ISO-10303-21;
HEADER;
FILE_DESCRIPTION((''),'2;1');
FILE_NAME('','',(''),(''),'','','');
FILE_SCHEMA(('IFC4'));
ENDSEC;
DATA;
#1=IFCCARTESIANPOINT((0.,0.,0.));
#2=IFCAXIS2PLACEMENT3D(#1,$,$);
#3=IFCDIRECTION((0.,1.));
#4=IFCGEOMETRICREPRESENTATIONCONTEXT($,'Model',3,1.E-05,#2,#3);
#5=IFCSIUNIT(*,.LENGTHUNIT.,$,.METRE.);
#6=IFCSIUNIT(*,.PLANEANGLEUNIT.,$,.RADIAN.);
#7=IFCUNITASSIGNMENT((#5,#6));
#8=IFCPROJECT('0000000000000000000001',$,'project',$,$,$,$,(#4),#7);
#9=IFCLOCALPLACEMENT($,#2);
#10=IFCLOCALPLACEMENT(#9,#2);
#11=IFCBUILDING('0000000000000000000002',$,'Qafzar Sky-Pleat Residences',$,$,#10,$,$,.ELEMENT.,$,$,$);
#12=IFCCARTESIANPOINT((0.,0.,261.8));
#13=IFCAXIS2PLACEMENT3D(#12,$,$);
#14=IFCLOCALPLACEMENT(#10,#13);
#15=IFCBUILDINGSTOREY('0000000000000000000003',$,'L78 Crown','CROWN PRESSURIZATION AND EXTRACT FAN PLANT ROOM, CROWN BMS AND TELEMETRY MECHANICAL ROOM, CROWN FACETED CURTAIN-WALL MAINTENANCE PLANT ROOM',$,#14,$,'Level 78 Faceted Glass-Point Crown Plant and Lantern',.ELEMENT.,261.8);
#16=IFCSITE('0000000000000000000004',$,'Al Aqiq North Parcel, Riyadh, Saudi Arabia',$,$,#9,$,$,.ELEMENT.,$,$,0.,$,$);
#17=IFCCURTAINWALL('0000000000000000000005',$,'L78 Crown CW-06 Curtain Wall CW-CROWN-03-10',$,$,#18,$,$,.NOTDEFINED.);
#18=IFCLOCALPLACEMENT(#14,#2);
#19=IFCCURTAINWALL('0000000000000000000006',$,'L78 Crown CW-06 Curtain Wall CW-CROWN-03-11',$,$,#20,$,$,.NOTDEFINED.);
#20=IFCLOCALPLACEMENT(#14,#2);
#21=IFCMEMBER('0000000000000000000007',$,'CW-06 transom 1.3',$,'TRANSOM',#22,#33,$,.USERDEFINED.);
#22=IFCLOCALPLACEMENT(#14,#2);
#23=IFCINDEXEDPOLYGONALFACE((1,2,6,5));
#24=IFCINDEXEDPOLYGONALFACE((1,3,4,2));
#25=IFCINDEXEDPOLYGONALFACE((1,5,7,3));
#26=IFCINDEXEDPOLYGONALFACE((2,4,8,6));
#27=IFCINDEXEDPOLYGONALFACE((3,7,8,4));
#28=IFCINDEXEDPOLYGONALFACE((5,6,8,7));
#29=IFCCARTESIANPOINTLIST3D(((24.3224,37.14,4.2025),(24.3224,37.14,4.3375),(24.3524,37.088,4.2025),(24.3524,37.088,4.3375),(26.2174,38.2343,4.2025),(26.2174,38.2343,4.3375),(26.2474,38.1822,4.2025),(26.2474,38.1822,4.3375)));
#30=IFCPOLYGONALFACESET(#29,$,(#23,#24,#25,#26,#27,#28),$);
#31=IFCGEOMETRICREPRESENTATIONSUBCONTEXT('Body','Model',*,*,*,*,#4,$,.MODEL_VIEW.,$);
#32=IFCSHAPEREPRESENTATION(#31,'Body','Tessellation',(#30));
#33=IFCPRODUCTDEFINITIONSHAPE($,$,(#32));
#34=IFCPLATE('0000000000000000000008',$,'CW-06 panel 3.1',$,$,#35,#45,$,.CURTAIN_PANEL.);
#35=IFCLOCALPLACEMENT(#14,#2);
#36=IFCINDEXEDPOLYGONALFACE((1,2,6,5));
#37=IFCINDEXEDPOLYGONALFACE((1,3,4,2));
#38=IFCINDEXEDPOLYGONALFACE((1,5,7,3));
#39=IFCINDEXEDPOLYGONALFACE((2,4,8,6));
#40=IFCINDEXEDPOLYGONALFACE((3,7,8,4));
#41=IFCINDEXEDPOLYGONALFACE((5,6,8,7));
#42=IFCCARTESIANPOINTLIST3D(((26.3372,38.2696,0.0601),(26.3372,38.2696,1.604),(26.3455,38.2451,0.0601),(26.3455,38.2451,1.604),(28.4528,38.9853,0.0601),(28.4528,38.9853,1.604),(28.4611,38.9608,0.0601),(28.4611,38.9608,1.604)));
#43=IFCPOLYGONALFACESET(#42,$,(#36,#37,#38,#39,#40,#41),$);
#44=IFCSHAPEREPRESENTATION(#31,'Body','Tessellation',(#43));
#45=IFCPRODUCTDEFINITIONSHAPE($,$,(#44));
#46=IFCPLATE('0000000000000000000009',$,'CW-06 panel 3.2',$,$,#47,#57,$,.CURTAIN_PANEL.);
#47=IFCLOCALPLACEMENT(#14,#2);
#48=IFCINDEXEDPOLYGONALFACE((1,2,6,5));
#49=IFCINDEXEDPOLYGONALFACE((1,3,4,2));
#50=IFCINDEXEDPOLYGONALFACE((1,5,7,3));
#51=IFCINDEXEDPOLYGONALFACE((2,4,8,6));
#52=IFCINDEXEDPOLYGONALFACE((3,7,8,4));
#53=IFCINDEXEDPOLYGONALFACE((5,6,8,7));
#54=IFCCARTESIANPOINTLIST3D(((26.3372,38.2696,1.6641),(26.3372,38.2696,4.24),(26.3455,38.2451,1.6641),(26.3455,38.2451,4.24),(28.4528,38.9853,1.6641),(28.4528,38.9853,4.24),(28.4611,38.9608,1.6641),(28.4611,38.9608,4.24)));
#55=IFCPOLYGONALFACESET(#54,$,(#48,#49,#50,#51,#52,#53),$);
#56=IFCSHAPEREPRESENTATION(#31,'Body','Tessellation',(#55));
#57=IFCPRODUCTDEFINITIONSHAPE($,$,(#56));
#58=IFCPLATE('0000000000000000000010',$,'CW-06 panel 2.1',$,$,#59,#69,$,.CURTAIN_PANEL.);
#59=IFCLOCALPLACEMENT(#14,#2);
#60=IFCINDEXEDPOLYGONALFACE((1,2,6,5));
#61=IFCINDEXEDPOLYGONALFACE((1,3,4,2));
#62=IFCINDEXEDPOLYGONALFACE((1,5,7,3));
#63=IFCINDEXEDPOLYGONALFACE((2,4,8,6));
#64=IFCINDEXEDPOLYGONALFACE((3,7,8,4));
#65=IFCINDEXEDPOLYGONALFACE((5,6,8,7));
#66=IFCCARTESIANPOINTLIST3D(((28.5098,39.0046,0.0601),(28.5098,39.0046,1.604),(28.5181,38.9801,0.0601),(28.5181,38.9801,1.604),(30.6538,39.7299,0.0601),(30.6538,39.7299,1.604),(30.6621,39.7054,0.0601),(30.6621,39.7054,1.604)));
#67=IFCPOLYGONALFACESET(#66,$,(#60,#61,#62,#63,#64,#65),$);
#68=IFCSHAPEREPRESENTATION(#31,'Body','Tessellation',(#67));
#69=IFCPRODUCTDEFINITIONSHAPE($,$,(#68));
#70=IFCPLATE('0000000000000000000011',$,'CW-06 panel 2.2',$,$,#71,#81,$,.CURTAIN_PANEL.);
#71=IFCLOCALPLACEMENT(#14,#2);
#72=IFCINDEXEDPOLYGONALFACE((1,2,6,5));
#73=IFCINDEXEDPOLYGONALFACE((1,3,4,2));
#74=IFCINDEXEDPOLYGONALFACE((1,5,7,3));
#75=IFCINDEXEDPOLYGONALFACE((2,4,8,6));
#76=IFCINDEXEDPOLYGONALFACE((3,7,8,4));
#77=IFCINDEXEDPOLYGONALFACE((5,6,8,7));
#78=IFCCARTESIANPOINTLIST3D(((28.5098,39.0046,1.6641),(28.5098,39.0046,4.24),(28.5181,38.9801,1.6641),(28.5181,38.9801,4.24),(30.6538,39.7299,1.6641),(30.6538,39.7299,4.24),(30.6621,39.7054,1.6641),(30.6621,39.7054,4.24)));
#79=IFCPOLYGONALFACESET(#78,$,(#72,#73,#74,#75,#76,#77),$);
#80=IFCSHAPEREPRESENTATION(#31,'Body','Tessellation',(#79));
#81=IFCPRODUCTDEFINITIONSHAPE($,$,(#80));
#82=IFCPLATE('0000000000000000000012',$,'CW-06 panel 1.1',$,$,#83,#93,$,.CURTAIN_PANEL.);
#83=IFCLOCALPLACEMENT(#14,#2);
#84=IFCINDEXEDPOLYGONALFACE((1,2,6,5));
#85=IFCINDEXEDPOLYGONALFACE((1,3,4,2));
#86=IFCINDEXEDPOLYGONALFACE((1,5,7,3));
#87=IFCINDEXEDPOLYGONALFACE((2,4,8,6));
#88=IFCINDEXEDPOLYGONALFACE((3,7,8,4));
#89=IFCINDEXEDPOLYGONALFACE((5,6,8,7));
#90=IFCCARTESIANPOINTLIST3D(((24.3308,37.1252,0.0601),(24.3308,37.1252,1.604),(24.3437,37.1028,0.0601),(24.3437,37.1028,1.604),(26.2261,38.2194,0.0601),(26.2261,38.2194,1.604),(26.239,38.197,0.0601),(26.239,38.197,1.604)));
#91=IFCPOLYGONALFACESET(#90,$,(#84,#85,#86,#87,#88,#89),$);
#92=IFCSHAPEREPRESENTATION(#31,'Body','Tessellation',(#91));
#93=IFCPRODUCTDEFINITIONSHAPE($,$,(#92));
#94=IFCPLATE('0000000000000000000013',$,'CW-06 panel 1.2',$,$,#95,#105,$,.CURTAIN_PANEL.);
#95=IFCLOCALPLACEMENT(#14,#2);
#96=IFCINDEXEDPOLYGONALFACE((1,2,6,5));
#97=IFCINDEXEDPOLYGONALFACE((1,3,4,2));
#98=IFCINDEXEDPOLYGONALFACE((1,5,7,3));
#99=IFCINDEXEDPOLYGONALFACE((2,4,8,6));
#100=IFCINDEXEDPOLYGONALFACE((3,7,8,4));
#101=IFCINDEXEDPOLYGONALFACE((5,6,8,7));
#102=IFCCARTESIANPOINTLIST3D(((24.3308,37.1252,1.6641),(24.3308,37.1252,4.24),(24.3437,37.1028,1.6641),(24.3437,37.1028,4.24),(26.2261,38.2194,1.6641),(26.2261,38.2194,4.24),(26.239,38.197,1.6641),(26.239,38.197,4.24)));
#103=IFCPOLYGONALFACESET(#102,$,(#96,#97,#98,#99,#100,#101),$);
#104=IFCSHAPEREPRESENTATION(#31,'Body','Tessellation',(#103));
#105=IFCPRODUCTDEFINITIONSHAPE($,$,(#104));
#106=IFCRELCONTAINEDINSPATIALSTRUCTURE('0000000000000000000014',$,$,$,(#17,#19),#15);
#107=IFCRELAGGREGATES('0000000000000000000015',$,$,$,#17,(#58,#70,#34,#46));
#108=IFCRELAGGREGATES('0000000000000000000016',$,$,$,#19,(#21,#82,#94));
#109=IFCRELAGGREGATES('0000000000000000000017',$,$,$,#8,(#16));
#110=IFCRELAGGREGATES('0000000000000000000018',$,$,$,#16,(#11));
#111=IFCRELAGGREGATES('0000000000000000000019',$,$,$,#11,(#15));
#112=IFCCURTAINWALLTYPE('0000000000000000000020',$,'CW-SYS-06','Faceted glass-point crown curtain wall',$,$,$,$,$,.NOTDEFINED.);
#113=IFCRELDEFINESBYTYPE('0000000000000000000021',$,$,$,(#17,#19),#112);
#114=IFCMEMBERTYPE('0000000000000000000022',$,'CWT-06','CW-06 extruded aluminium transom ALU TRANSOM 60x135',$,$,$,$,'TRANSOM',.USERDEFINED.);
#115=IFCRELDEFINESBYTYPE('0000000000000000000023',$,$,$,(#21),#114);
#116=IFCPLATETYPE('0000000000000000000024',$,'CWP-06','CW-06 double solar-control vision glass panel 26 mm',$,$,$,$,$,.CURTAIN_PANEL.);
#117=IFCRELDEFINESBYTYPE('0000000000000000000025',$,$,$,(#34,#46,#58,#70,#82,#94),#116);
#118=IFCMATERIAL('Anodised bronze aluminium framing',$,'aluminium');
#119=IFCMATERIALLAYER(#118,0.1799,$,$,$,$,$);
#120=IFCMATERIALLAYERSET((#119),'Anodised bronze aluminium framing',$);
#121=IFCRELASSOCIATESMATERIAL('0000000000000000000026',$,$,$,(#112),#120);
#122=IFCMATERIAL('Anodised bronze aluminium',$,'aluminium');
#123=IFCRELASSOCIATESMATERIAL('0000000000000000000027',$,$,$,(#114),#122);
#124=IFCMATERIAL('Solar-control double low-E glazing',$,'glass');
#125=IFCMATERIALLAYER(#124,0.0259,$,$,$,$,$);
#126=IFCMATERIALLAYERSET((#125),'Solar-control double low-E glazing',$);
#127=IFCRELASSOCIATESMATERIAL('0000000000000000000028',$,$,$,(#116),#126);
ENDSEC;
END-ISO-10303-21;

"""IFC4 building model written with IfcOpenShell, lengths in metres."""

from ifc_helpers import new_model, si_unit, direction, frame, origin, origin_2d, place, context, subcontext, project, spatial, rectangle, extrude, source, transform, mapped, material, layer, layer_set, material_profile, profile_set, type_object, element, aggregate, save


model = new_model("IFC4")

# Units and contexts
model_context = context("Model", 3, precision=1e-05, world=origin(), true_north=direction((0.0, 1.0)))
body_context = subcontext(model_context, "Body", "Model", "MODEL_VIEW")
ifc_project = project(units=[si_unit("LENGTHUNIT", "METRE"), si_unit("PLANEANGLEUNIT", "RADIAN")], contexts=[model_context])

# Site, building, storey
site_placement = place(None, origin())
site = spatial("IfcSite", under=ifc_project, at=site_placement, Name="Al Aqiq North Parcel, Riyadh, Saudi Arabia", CompositionType="ELEMENT", RefElevation=0.0)
building_placement = place(site_placement, origin())
building = spatial("IfcBuilding", under=site, at=building_placement, Name="Qafzar Sky-Pleat Residences", CompositionType="ELEMENT")
storey_placement = place(building_placement, frame((0.0, 0.0, 261.8)))
storey = spatial("IfcBuildingStorey", under=building, at=storey_placement, Name="L78 Crown", Description="CROWN PRESSURIZATION AND EXTRACT FAN PLANT ROOM, CROWN BMS AND TELEMETRY MECHANICAL ROOM, CROWN FACETED CURTAIN-WALL MAINTENANCE PLANT ROOM", LongName="Level 78 Faceted Glass-Point Crown Plant and Lantern", CompositionType="ELEMENT", Elevation=261.8)

# Curtain walls
ifc_material_1 = material(Name="Anodised bronze aluminium framing", Category="aluminium")
ifc_layer_1 = layer(ifc_material_1, 0.1799)
ifc_layer_set_1 = layer_set([ifc_layer_1], Name="Anodised bronze aluminium framing")
curtain_wall_type = type_object("IfcCurtainWallType", Name="CW-SYS-06", Description="Faceted glass-point crown curtain wall", PredefinedType="NOTDEFINED", material=ifc_layer_set_1)
curtain_wall_1_placement = place(storey_placement, origin())
curtain_wall_1 = element("IfcCurtainWall", 1, at=curtain_wall_1_placement, inside=storey, type_object=curtain_wall_type, Name="L78 Crown CW-06 Curtain Wall CW-CROWN-03-10", PredefinedType="NOTDEFINED")
ifc_material_2 = material(Name="Anodised bronze aluminium", Category="aluminium")
curtain_wall_2_placement = place(storey_placement, origin())
curtain_wall_2 = element("IfcCurtainWall", 2, at=curtain_wall_2_placement, inside=storey, type_object=curtain_wall_type, Name="L78 Crown CW-06 Curtain Wall CW-CROWN-03-11", PredefinedType="NOTDEFINED")

# Member
ifc_material_profile_1 = material_profile(ifc_material_2, rectangle(XDim=0.0601, YDim=0.135, at=origin_2d()), Name="ALU TRANSOM 60x135")
ifc_profile_set_1 = profile_set([ifc_material_profile_1], Name="Anodised bronze aluminium")
member_type_1 = type_object("IfcMemberType", Name="CWT-06", Description="CW-06 extruded aluminium transom ALU TRANSOM 60x135", ElementType="TRANSOM", PredefinedType="USERDEFINED", material=ifc_profile_set_1)
shared_shape_1 = source(origin(), body_context, "Body", "SweptSolid", [
    extrude(rectangle(XDim=0.0601, YDim=0.135, at=origin_2d()), origin(), (0.0, 0.0, 1.0), 2.1882),
])
member_1_placement = place(storey_placement, frame((26.2324, 38.2083, 4.27), z_axis=(-0.865996, -0.500051, 0.0), x_axis=(0.500051, -0.865996, 0.0)))
member_1 = element("IfcMember", 3, at=member_1_placement, type_object=member_type_1, Name="CW-06 transom 1.3", ObjectType="TRANSOM", PredefinedType="USERDEFINED", context=body_context, shape_type="MappedRepresentation", body=[
    mapped(shared_shape_1, transform((0.0, 0.0, 0.0), x_axis=(1.0, 0.0, 0.0), y_axis=(0.0, 1.0, 0.0), z_axis=(0.0, 0.0, 1.0), scale=1.0)),
])

# Plates
ifc_material_3 = material(Name="Solar-control double low-E glazing", Category="glass")
ifc_layer_2 = layer(ifc_material_3, 0.0259)
ifc_layer_set_2 = layer_set([ifc_layer_2], Name="Solar-control double low-E glazing")
plate_type = type_object("IfcPlateType", Name="CWP-06", Description="CW-06 double solar-control vision glass panel 26 mm", PredefinedType="CURTAIN_PANEL", material=ifc_layer_set_2)
shared_shape_2 = source(origin(), body_context, "Body", "SweptSolid", [
    extrude(rectangle(XDim=2.2334, YDim=0.0259, at=origin_2d()), origin(), (0.0, 0.0, 1.0), 1.5439),
])
plate_1_placement = place(storey_placement, frame((27.3992, 38.6152, 0.0601), z_axis=(0.0, 0.0, 1.0), x_axis=(-0.947265, -0.320451, 0.0)))
plate_1 = element("IfcPlate", 4, at=plate_1_placement, type_object=plate_type, Name="CW-06 panel 3.1", PredefinedType="CURTAIN_PANEL", context=body_context, shape_type="MappedRepresentation", body=[
    mapped(shared_shape_2, transform((0.0, 0.0, 0.0), x_axis=(1.0, 0.0, 0.0), y_axis=(0.0, 1.0, 0.0), z_axis=(0.0, 0.0, 1.0), scale=1.0)),
])
shared_shape_3 = source(origin(), body_context, "Body", "SweptSolid", [
    extrude(rectangle(XDim=2.2334, YDim=0.0259, at=origin_2d()), origin(), (0.0, 0.0, 1.0), 2.5759),
])
plate_2_placement = place(storey_placement, frame((27.3992, 38.6152, 1.6641), z_axis=(0.0, 0.0, 1.0), x_axis=(-0.947265, -0.320451, 0.0)))
plate_2 = element("IfcPlate", 5, at=plate_2_placement, type_object=plate_type, Name="CW-06 panel 3.2", PredefinedType="CURTAIN_PANEL", context=body_context, shape_type="MappedRepresentation", body=[
    mapped(shared_shape_3, transform((0.0, 0.0, 0.0), x_axis=(1.0, 0.0, 0.0), y_axis=(0.0, 1.0, 0.0), z_axis=(0.0, 0.0, 1.0), scale=1.0)),
])
shared_shape_4 = source(origin(), body_context, "Body", "SweptSolid", [
    extrude(rectangle(XDim=2.2634, YDim=0.0259, at=origin_2d()), origin(), (0.0, 0.0, 1.0), 1.5439),
])
plate_3_placement = place(storey_placement, frame((29.5859, 39.355, 0.0601), z_axis=(0.0, 0.0, 1.0), x_axis=(-0.947265, -0.320451, 0.0)))
plate_3 = element("IfcPlate", 6, at=plate_3_placement, type_object=plate_type, Name="CW-06 panel 2.1", PredefinedType="CURTAIN_PANEL", context=body_context, shape_type="MappedRepresentation", body=[
    mapped(shared_shape_4, transform((0.0, 0.0, 0.0), x_axis=(1.0, 0.0, 0.0), y_axis=(0.0, 1.0, 0.0), z_axis=(0.0, 0.0, 1.0), scale=1.0)),
])
shared_shape_5 = source(origin(), body_context, "Body", "SweptSolid", [
    extrude(rectangle(XDim=2.2634, YDim=0.0259, at=origin_2d()), origin(), (0.0, 0.0, 1.0), 2.5759),
])
plate_4_placement = place(storey_placement, frame((29.5859, 39.355, 1.6641), z_axis=(0.0, 0.0, 1.0), x_axis=(-0.947265, -0.320451, 0.0)))
plate_4 = element("IfcPlate", 7, at=plate_4_placement, type_object=plate_type, Name="CW-06 panel 2.2", PredefinedType="CURTAIN_PANEL", context=body_context, shape_type="MappedRepresentation", body=[
    mapped(shared_shape_5, transform((0.0, 0.0, 0.0), x_axis=(1.0, 0.0, 0.0), y_axis=(0.0, 1.0, 0.0), z_axis=(0.0, 0.0, 1.0), scale=1.0)),
])
aggregate(curtain_wall_1, [plate_3, plate_4, plate_1, plate_2])
shared_shape_6 = source(origin(), body_context, "Body", "SweptSolid", [
    extrude(rectangle(XDim=2.1885, YDim=0.0259, at=origin_2d()), origin(), (0.0, 0.0, 1.0), 1.5439),
])
plate_5_placement = place(storey_placement, frame((25.2849, 37.6611, 0.0601), z_axis=(0.0, 0.0, 1.0), x_axis=(-0.86603, -0.499993, 0.0)))
plate_5 = element("IfcPlate", 8, at=plate_5_placement, type_object=plate_type, Name="CW-06 panel 1.1", PredefinedType="CURTAIN_PANEL", context=body_context, shape_type="MappedRepresentation", body=[
    mapped(shared_shape_6, transform((0.0, 0.0, 0.0), x_axis=(1.0, 0.0, 0.0), y_axis=(0.0, 1.0, 0.0), z_axis=(0.0, 0.0, 1.0), scale=1.0)),
])
shared_shape_7 = source(origin(), body_context, "Body", "SweptSolid", [
    extrude(rectangle(XDim=2.1885, YDim=0.0259, at=origin_2d()), origin(), (0.0, 0.0, 1.0), 2.5759),
])
plate_6_placement = place(storey_placement, frame((25.2849, 37.6611, 1.6641), z_axis=(0.0, 0.0, 1.0), x_axis=(-0.86603, -0.499993, 0.0)))
plate_6 = element("IfcPlate", 9, at=plate_6_placement, type_object=plate_type, Name="CW-06 panel 1.2", PredefinedType="CURTAIN_PANEL", context=body_context, shape_type="MappedRepresentation", body=[
    mapped(shared_shape_7, transform((0.0, 0.0, 0.0), x_axis=(1.0, 0.0, 0.0), y_axis=(0.0, 1.0, 0.0), z_axis=(0.0, 0.0, 1.0), scale=1.0)),
])
aggregate(curtain_wall_2, [member_1, plate_5, plate_6])

save(model, "model.ifc")
